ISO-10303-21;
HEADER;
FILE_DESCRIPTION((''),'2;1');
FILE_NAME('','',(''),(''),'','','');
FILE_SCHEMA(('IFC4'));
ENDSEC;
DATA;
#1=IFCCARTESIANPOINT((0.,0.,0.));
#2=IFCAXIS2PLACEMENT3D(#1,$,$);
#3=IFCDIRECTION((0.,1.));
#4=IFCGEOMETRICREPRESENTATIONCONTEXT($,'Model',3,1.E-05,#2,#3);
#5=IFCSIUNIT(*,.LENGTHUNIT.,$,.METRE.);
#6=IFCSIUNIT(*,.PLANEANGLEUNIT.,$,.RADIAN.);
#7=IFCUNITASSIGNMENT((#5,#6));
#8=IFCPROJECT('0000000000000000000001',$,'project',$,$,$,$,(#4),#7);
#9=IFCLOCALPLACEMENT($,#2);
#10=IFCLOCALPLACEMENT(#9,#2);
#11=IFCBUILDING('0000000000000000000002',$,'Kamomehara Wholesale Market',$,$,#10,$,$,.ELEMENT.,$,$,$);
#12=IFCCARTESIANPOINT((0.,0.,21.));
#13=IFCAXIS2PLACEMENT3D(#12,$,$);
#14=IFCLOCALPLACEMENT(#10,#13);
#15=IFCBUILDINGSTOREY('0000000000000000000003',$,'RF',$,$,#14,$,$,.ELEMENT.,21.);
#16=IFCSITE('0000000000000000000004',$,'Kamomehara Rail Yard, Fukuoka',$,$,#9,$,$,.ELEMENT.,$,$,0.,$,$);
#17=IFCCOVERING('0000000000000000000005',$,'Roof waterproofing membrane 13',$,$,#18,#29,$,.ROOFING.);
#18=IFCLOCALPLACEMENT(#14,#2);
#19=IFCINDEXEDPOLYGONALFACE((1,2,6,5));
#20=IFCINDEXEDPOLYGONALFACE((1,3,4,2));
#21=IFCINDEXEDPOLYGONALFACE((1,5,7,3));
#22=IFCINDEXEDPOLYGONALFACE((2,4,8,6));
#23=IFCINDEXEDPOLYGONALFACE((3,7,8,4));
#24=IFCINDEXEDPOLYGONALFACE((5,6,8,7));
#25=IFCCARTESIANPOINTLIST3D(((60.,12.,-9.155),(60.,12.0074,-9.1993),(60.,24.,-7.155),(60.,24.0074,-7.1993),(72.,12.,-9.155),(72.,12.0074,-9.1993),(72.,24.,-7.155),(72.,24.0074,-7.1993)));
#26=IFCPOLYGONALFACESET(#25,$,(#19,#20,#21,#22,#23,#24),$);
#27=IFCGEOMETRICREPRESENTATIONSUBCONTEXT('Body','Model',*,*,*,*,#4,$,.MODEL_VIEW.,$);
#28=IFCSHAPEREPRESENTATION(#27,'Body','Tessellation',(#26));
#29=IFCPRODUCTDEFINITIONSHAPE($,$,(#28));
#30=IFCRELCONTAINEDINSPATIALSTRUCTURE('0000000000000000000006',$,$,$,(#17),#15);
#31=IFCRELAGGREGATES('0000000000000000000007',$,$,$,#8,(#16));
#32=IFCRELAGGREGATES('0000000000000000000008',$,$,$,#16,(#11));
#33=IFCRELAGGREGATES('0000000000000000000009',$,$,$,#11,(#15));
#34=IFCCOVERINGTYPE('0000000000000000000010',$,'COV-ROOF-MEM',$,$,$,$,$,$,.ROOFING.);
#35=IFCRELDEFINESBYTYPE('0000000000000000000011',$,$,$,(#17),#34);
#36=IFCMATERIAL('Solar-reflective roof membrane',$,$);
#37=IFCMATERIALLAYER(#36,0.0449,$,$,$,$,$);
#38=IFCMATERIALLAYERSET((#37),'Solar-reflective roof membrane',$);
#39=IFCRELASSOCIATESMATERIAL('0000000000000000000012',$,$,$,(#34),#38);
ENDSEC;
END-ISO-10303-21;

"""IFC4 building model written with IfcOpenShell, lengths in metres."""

from ifc_helpers import new_model, si_unit, direction, frame, origin, place, context, subcontext, project, spatial, polyline, outline, extrude, material, layer, layer_set, type_object, element, save


model = new_model("IFC4")

# Units and contexts
model_context = context("Model", 3, precision=1e-05, world=origin(), true_north=direction((0.0, 1.0)))
body_context = subcontext(model_context, "Body", "Model", "MODEL_VIEW")
ifc_project = project(units=[si_unit("LENGTHUNIT", "METRE"), si_unit("PLANEANGLEUNIT", "RADIAN")], contexts=[model_context])

# Site, building, storey
site_placement = place(None, origin())
site = spatial("IfcSite", under=ifc_project, at=site_placement, Name="Kamomehara Rail Yard, Fukuoka", CompositionType="ELEMENT", RefElevation=0.0)
building_placement = place(site_placement, origin())
building = spatial("IfcBuilding", under=site, at=building_placement, Name="Kamomehara Wholesale Market", CompositionType="ELEMENT")
storey_placement = place(building_placement, frame((0.0, 0.0, 21.0)))
storey = spatial("IfcBuildingStorey", under=building, at=storey_placement, Name="RF", CompositionType="ELEMENT", Elevation=21.0)

# Covering
ifc_material_1 = material(Name="Solar-reflective roof membrane")
ifc_layer_1 = layer(ifc_material_1, 0.0449)
ifc_layer_set_1 = layer_set([ifc_layer_1], Name="Solar-reflective roof membrane")
covering_type = type_object("IfcCoveringType", Name="COV-ROOF-MEM", PredefinedType="ROOFING", material=ifc_layer_set_1)
covering_placement = place(storey_placement, frame((60.0, 12.0, -9.155), z_axis=(0.0, -0.164399, 0.986394), x_axis=(1.0, 0.0, 0.0)))
element("IfcCovering", 1, at=covering_placement, inside=storey, type_object=covering_type, Name="Roof waterproofing membrane 13", PredefinedType="ROOFING", context=body_context, shape_type="SweptSolid", body=[
    extrude(outline(polyline([(0.0, 0.0), (12.0, 0.0), (12.0, 12.1655), (0.0, 12.1655), (0.0, 0.0)])), origin(), (0.0, 0.0, -1.0), 0.0449),
])

save(model, "model.ifc")
